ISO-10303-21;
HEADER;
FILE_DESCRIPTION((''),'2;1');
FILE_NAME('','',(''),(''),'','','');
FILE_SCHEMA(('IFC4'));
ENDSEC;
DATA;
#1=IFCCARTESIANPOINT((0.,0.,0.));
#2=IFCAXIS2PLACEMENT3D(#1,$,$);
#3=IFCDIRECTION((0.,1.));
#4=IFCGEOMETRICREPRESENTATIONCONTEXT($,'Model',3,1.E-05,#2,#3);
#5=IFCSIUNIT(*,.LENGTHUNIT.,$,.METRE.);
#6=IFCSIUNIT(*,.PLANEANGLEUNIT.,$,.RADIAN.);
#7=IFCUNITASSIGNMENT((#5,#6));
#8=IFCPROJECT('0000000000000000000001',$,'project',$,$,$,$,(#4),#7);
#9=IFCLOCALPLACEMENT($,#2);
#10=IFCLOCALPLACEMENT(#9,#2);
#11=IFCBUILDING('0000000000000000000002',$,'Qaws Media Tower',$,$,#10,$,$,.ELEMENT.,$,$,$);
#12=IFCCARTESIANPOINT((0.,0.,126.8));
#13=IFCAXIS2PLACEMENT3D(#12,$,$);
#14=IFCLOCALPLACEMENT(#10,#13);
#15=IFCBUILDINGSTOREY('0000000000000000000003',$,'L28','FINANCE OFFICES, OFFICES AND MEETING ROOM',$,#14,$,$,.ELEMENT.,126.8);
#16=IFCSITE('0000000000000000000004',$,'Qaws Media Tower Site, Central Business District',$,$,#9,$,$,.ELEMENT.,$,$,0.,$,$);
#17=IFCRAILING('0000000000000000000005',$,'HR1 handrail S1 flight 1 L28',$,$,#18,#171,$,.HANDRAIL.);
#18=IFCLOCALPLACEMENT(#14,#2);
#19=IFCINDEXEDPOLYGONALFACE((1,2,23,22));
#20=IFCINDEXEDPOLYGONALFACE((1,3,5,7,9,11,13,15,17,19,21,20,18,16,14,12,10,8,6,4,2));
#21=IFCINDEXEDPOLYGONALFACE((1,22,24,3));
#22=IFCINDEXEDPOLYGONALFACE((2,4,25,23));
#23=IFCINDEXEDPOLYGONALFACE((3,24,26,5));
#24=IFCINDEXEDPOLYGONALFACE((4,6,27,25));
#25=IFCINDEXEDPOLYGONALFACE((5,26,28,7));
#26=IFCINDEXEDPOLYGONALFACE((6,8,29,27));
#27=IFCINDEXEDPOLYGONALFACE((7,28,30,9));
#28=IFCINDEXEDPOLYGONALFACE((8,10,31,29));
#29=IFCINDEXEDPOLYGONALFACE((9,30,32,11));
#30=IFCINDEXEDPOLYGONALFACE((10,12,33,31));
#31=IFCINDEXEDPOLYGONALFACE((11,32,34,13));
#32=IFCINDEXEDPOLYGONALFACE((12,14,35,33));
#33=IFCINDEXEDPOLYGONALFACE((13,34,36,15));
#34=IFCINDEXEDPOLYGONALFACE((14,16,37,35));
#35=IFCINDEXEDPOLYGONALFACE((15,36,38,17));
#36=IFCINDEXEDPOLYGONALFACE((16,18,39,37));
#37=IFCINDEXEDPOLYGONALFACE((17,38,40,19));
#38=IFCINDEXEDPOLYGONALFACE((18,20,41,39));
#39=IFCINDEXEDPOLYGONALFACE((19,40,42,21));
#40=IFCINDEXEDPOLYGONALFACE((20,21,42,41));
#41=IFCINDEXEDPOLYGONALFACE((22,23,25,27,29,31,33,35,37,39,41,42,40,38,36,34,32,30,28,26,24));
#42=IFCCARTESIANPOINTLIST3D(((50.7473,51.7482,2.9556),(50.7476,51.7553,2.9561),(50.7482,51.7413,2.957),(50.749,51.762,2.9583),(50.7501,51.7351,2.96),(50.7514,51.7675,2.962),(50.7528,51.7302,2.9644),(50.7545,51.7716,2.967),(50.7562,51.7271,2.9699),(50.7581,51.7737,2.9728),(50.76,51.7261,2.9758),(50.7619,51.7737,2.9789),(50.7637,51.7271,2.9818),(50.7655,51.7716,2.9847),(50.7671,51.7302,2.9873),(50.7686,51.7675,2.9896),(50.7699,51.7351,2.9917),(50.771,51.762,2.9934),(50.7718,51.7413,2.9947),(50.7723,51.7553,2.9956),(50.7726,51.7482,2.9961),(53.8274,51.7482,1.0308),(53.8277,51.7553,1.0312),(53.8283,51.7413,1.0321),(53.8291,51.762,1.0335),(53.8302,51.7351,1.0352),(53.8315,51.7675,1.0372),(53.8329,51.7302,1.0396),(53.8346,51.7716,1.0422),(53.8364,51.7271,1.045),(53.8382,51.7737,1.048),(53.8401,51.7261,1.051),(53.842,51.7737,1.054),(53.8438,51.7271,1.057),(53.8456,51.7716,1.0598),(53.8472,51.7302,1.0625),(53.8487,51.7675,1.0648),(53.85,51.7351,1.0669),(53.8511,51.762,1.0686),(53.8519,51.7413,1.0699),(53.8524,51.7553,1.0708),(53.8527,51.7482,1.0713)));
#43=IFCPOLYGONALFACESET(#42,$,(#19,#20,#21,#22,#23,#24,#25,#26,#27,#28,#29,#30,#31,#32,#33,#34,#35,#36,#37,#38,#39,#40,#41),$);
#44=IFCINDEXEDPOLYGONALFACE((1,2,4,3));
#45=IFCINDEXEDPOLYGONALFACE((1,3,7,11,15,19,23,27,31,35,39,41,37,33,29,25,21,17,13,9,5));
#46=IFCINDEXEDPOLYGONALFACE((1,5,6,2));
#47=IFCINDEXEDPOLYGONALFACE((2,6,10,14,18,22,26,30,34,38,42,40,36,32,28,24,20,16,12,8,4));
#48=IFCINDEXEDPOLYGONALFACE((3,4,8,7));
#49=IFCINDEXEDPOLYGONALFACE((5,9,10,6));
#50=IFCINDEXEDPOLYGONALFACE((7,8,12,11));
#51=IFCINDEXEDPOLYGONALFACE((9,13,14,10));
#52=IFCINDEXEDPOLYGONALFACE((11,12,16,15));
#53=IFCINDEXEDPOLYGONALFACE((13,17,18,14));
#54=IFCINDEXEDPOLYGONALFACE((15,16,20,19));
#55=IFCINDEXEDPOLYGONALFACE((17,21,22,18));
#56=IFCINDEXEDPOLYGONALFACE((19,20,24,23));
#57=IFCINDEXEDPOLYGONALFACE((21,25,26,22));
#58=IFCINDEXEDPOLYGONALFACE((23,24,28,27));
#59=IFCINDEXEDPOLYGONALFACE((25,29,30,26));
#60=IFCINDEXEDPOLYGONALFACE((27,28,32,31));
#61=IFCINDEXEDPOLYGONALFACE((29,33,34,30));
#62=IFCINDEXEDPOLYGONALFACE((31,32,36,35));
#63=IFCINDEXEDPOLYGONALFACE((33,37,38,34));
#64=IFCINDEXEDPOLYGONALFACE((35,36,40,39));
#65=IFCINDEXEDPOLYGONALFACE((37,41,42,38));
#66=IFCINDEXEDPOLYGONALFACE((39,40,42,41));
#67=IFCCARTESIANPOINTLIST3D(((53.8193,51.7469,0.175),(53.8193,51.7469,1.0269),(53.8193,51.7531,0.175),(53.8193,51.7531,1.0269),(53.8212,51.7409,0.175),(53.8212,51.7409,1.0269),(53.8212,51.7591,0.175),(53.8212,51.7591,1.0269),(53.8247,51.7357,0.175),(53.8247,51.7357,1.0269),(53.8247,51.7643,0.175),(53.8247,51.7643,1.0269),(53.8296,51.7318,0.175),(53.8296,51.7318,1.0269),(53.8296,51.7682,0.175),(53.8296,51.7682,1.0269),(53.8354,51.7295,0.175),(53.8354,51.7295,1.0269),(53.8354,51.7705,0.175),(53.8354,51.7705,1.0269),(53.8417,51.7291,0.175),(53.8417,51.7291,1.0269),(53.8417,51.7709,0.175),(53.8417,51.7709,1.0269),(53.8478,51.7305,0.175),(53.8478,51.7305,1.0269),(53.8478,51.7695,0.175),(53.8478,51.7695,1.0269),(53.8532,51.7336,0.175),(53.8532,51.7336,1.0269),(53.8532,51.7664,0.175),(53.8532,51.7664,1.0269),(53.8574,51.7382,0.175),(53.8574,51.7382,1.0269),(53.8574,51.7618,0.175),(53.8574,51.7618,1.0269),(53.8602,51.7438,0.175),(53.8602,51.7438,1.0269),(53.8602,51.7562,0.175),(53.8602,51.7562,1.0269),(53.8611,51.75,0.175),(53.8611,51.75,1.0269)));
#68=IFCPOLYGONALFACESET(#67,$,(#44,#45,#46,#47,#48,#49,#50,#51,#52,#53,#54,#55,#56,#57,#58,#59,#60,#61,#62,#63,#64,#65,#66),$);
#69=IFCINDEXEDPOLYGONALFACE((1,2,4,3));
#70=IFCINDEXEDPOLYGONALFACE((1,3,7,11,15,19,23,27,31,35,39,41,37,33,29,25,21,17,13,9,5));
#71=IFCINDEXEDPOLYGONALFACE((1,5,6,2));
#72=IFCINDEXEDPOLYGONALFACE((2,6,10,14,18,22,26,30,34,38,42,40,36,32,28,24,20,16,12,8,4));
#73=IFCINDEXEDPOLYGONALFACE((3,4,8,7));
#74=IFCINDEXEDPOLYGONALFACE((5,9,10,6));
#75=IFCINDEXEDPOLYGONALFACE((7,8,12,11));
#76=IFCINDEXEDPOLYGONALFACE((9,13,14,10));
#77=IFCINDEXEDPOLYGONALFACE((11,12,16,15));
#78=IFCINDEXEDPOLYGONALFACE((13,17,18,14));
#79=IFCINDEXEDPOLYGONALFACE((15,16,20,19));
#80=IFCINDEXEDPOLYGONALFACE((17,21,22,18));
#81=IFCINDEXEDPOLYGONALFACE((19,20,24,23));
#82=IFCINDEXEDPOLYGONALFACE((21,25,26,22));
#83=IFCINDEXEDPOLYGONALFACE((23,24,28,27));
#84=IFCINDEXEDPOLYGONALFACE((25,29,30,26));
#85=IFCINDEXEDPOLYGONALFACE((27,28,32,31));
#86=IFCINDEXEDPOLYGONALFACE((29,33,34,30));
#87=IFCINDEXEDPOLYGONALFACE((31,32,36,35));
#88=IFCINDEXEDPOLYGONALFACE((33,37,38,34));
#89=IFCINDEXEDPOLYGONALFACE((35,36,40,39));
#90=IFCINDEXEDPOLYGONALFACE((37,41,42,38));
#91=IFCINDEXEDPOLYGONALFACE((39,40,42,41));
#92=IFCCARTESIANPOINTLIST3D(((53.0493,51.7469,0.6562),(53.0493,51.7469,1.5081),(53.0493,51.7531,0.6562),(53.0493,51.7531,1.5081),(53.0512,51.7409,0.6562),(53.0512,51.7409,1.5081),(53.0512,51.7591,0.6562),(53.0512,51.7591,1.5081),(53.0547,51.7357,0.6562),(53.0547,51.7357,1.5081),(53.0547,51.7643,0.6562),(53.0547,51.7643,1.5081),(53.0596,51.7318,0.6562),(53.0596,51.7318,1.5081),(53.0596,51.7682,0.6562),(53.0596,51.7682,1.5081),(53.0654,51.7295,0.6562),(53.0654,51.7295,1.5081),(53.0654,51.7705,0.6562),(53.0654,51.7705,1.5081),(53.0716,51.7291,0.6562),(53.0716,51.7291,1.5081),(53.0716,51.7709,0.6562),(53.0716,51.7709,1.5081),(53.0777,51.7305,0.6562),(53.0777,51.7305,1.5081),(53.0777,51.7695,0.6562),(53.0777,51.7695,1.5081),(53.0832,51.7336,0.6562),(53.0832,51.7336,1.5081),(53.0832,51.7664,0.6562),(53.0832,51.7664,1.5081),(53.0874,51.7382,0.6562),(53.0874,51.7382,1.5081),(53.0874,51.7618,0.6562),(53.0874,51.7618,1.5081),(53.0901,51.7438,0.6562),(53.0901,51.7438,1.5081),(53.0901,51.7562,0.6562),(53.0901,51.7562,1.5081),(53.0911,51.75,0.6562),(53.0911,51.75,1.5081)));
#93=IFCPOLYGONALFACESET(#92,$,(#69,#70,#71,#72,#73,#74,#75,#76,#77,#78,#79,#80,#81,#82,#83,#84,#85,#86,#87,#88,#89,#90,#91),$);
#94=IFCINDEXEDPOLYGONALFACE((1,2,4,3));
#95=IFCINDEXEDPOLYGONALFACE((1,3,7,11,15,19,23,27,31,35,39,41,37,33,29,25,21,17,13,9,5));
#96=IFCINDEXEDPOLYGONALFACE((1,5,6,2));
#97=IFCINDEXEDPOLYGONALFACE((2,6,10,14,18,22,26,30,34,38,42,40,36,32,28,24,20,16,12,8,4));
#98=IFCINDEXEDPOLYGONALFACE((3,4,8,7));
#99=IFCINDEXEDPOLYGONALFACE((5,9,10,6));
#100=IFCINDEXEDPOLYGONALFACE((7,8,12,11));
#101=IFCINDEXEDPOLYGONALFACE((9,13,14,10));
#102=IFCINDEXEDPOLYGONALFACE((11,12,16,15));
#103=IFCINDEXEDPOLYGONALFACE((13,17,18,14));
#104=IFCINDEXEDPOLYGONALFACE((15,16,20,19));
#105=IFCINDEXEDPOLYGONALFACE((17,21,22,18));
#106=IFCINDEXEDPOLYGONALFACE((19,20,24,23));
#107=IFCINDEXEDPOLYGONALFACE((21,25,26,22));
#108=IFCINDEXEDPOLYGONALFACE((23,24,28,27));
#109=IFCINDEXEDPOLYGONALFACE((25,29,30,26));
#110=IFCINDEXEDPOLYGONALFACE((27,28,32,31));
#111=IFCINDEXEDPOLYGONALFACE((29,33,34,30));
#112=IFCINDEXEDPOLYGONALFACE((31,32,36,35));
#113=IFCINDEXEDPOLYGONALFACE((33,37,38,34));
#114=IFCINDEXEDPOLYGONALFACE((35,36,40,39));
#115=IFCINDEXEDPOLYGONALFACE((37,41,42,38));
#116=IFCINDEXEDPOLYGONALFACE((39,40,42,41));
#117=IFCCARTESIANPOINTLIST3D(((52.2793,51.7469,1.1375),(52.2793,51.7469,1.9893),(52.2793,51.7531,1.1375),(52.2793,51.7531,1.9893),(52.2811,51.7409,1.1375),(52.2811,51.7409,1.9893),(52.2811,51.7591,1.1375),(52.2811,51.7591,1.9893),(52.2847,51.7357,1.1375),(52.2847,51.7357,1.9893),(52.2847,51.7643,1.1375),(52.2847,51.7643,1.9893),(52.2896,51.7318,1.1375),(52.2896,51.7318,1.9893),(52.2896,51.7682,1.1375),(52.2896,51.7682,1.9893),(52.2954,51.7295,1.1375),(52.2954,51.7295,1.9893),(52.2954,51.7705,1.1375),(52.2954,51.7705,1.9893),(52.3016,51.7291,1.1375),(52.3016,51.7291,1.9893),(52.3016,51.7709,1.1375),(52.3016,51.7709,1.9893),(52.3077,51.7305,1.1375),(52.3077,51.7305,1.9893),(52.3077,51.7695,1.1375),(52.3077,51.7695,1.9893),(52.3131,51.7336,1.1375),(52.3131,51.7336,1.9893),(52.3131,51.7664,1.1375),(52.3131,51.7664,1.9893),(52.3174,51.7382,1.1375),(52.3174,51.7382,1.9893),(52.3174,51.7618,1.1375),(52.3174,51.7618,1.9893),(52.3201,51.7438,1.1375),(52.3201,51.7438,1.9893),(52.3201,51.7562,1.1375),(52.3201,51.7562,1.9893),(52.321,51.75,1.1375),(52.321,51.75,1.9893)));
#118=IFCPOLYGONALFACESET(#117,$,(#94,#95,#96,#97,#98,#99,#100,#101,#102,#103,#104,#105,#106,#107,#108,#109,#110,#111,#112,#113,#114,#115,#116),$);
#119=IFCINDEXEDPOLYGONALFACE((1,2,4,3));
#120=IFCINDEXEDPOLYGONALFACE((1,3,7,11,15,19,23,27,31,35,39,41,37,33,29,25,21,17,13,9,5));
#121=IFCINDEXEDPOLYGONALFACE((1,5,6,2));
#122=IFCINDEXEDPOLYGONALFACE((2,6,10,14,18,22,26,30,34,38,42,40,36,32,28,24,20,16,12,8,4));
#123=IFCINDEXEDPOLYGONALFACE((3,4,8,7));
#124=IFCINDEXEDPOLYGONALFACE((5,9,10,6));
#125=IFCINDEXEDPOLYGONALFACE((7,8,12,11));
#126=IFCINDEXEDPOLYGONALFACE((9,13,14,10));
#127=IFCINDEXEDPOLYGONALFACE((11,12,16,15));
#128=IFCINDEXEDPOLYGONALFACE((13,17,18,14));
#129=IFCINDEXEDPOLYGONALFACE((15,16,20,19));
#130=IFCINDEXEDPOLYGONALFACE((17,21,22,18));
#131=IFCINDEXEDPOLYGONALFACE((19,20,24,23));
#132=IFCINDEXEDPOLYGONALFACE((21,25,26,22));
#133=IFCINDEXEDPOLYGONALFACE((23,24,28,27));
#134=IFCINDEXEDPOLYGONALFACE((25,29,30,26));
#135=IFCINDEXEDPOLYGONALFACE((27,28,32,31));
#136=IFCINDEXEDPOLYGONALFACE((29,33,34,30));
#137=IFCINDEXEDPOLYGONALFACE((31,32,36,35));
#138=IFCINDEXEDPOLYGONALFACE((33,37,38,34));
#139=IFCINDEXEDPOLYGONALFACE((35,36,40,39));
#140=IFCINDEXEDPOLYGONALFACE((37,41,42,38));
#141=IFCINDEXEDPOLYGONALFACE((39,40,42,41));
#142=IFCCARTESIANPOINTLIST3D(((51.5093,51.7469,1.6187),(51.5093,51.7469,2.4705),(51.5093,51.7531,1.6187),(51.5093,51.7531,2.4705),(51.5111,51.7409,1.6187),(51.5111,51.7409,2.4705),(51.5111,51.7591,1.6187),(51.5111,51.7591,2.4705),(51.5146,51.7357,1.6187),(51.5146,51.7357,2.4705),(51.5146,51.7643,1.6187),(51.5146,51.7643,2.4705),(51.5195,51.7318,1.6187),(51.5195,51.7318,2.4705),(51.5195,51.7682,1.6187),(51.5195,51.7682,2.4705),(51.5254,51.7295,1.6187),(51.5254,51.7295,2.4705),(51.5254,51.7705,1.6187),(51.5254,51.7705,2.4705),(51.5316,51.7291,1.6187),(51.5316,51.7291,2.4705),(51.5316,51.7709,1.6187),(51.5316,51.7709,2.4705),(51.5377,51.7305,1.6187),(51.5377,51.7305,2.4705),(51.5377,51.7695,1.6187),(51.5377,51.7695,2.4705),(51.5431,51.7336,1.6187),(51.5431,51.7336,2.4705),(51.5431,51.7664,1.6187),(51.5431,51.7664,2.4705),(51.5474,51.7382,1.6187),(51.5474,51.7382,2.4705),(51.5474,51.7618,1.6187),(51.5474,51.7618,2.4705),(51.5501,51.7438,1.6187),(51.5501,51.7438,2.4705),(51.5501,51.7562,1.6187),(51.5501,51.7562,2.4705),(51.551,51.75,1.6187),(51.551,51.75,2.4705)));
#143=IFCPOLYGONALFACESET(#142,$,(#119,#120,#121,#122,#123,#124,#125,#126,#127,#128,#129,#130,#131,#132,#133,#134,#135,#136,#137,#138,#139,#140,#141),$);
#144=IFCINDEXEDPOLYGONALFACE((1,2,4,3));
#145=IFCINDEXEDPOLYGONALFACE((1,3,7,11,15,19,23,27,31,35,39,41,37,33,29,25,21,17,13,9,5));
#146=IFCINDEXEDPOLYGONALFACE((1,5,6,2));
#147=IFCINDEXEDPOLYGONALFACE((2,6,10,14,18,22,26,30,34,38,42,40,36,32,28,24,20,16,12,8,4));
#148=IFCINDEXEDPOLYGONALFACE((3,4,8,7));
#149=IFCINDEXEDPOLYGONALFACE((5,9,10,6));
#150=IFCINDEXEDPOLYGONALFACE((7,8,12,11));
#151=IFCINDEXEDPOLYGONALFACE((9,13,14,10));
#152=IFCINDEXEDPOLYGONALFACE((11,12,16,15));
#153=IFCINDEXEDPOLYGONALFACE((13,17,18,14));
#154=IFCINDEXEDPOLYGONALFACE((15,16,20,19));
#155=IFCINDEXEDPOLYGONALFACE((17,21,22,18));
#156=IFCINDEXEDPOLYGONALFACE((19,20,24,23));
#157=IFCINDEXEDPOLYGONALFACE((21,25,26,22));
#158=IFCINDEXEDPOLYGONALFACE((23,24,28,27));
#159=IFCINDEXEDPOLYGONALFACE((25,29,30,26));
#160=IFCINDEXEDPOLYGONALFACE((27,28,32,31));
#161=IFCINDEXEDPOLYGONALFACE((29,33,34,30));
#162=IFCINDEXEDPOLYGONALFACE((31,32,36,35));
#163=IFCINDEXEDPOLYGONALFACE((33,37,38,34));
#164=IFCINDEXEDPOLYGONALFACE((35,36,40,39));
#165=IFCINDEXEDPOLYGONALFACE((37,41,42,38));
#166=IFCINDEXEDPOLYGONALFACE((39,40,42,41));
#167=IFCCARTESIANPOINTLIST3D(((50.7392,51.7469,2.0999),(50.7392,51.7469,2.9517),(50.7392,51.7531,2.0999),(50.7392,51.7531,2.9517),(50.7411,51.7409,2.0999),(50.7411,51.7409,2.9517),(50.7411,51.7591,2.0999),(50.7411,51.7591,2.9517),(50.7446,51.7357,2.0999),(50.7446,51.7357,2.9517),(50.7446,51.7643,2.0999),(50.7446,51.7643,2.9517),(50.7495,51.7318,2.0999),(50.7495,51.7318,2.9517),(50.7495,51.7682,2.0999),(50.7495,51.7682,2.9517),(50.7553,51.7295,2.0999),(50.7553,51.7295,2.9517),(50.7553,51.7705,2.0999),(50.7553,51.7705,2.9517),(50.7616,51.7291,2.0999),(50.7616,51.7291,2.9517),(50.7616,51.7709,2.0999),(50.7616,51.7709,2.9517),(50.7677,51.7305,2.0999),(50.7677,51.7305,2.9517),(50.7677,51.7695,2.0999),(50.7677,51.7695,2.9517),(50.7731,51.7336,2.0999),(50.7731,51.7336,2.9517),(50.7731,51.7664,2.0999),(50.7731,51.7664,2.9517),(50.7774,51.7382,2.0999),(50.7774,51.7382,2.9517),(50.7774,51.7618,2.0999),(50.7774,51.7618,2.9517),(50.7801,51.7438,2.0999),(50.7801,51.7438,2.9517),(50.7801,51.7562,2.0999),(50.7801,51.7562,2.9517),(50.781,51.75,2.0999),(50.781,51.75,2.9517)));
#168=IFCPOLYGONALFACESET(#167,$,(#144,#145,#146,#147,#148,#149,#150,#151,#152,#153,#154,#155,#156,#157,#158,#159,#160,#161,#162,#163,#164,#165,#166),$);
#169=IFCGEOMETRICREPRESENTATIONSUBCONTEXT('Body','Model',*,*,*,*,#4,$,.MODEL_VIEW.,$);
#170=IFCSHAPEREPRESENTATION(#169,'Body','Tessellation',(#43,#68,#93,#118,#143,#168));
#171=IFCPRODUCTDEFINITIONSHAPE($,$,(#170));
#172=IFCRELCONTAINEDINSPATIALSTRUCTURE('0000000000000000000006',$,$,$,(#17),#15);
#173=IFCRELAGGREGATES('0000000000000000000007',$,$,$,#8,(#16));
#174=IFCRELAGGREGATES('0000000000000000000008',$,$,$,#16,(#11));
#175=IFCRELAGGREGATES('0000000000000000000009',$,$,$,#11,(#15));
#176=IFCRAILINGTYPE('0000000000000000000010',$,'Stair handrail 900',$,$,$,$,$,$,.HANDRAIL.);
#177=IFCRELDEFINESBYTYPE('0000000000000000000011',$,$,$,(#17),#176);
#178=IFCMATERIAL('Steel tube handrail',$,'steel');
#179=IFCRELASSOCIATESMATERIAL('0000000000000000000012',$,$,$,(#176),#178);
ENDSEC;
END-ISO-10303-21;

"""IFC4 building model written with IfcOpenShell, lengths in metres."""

from ifc_helpers import new_model, si_unit, direction, frame, origin, origin_2d, place, context, subcontext, project, spatial, circle, extrude, material, type_object, element, save


model = new_model("IFC4")

# Units and contexts
model_context = context("Model", 3, precision=1e-05, world=origin(), true_north=direction((0.0, 1.0)))
body_context = subcontext(model_context, "Body", "Model", "MODEL_VIEW")
ifc_project = project(units=[si_unit("LENGTHUNIT", "METRE"), si_unit("PLANEANGLEUNIT", "RADIAN")], contexts=[model_context])

# Site, building, storey
site_placement = place(None, origin())
site = spatial("IfcSite", under=ifc_project, at=site_placement, Name="Qaws Media Tower Site, Central Business District", CompositionType="ELEMENT", RefElevation=0.0)
building_placement = place(site_placement, origin())
building = spatial("IfcBuilding", under=site, at=building_placement, Name="Qaws Media Tower", CompositionType="ELEMENT")
storey_placement = place(building_placement, frame((0.0, 0.0, 126.8)))
storey = spatial("IfcBuildingStorey", under=building, at=storey_placement, Name="L28", Description="FINANCE OFFICES, OFFICES AND MEETING ROOM", CompositionType="ELEMENT", Elevation=126.8)

# Railing
ifc_material_1 = material(Name="Steel tube handrail", Category="steel")
railing_type = type_object("IfcRailingType", Name="Stair handrail 900", PredefinedType="HANDRAIL", material=ifc_material_1)
for number, where, name in (
    (1, (53.8401, 51.75, 0.175), "HR1 handrail S1 flight 1 L28"),
):
    element("IfcRailing", number, at=place(storey_placement, frame(where)), inside=storey, type_object=railing_type, Name=name, PredefinedType="HANDRAIL", context=body_context, shape_type="SweptSolid", body=[
        extrude(circle(Radius=0.0239, at=origin_2d()), frame((0.0, 0.0, 0.876), z_axis=(-0.848029, 0.0, 0.529951), x_axis=(0.0, -1.0, 0.0)), (0.0, 0.0, 1.0), 3.6321),
        extrude(circle(Radius=0.021, at=origin_2d()), origin(), (0.0, 0.0, 1.0), 0.8518),
        extrude(circle(Radius=0.021, at=origin_2d()), frame((-0.77, 0.0, 0.4812)), (0.0, 0.0, 1.0), 0.8518),
        extrude(circle(Radius=0.021, at=origin_2d()), frame((-1.54, 0.0, 0.9624)), (0.0, 0.0, 1.0), 0.8518),
        extrude(circle(Radius=0.021, at=origin_2d()), frame((-2.3101, 0.0, 1.4436)), (0.0, 0.0, 1.0), 0.8518),
        extrude(circle(Radius=0.021, at=origin_2d()), frame((-3.0801, 0.0, 1.9248)), (0.0, 0.0, 1.0), 0.8518),
    ])

save(model, "model.ifc")
